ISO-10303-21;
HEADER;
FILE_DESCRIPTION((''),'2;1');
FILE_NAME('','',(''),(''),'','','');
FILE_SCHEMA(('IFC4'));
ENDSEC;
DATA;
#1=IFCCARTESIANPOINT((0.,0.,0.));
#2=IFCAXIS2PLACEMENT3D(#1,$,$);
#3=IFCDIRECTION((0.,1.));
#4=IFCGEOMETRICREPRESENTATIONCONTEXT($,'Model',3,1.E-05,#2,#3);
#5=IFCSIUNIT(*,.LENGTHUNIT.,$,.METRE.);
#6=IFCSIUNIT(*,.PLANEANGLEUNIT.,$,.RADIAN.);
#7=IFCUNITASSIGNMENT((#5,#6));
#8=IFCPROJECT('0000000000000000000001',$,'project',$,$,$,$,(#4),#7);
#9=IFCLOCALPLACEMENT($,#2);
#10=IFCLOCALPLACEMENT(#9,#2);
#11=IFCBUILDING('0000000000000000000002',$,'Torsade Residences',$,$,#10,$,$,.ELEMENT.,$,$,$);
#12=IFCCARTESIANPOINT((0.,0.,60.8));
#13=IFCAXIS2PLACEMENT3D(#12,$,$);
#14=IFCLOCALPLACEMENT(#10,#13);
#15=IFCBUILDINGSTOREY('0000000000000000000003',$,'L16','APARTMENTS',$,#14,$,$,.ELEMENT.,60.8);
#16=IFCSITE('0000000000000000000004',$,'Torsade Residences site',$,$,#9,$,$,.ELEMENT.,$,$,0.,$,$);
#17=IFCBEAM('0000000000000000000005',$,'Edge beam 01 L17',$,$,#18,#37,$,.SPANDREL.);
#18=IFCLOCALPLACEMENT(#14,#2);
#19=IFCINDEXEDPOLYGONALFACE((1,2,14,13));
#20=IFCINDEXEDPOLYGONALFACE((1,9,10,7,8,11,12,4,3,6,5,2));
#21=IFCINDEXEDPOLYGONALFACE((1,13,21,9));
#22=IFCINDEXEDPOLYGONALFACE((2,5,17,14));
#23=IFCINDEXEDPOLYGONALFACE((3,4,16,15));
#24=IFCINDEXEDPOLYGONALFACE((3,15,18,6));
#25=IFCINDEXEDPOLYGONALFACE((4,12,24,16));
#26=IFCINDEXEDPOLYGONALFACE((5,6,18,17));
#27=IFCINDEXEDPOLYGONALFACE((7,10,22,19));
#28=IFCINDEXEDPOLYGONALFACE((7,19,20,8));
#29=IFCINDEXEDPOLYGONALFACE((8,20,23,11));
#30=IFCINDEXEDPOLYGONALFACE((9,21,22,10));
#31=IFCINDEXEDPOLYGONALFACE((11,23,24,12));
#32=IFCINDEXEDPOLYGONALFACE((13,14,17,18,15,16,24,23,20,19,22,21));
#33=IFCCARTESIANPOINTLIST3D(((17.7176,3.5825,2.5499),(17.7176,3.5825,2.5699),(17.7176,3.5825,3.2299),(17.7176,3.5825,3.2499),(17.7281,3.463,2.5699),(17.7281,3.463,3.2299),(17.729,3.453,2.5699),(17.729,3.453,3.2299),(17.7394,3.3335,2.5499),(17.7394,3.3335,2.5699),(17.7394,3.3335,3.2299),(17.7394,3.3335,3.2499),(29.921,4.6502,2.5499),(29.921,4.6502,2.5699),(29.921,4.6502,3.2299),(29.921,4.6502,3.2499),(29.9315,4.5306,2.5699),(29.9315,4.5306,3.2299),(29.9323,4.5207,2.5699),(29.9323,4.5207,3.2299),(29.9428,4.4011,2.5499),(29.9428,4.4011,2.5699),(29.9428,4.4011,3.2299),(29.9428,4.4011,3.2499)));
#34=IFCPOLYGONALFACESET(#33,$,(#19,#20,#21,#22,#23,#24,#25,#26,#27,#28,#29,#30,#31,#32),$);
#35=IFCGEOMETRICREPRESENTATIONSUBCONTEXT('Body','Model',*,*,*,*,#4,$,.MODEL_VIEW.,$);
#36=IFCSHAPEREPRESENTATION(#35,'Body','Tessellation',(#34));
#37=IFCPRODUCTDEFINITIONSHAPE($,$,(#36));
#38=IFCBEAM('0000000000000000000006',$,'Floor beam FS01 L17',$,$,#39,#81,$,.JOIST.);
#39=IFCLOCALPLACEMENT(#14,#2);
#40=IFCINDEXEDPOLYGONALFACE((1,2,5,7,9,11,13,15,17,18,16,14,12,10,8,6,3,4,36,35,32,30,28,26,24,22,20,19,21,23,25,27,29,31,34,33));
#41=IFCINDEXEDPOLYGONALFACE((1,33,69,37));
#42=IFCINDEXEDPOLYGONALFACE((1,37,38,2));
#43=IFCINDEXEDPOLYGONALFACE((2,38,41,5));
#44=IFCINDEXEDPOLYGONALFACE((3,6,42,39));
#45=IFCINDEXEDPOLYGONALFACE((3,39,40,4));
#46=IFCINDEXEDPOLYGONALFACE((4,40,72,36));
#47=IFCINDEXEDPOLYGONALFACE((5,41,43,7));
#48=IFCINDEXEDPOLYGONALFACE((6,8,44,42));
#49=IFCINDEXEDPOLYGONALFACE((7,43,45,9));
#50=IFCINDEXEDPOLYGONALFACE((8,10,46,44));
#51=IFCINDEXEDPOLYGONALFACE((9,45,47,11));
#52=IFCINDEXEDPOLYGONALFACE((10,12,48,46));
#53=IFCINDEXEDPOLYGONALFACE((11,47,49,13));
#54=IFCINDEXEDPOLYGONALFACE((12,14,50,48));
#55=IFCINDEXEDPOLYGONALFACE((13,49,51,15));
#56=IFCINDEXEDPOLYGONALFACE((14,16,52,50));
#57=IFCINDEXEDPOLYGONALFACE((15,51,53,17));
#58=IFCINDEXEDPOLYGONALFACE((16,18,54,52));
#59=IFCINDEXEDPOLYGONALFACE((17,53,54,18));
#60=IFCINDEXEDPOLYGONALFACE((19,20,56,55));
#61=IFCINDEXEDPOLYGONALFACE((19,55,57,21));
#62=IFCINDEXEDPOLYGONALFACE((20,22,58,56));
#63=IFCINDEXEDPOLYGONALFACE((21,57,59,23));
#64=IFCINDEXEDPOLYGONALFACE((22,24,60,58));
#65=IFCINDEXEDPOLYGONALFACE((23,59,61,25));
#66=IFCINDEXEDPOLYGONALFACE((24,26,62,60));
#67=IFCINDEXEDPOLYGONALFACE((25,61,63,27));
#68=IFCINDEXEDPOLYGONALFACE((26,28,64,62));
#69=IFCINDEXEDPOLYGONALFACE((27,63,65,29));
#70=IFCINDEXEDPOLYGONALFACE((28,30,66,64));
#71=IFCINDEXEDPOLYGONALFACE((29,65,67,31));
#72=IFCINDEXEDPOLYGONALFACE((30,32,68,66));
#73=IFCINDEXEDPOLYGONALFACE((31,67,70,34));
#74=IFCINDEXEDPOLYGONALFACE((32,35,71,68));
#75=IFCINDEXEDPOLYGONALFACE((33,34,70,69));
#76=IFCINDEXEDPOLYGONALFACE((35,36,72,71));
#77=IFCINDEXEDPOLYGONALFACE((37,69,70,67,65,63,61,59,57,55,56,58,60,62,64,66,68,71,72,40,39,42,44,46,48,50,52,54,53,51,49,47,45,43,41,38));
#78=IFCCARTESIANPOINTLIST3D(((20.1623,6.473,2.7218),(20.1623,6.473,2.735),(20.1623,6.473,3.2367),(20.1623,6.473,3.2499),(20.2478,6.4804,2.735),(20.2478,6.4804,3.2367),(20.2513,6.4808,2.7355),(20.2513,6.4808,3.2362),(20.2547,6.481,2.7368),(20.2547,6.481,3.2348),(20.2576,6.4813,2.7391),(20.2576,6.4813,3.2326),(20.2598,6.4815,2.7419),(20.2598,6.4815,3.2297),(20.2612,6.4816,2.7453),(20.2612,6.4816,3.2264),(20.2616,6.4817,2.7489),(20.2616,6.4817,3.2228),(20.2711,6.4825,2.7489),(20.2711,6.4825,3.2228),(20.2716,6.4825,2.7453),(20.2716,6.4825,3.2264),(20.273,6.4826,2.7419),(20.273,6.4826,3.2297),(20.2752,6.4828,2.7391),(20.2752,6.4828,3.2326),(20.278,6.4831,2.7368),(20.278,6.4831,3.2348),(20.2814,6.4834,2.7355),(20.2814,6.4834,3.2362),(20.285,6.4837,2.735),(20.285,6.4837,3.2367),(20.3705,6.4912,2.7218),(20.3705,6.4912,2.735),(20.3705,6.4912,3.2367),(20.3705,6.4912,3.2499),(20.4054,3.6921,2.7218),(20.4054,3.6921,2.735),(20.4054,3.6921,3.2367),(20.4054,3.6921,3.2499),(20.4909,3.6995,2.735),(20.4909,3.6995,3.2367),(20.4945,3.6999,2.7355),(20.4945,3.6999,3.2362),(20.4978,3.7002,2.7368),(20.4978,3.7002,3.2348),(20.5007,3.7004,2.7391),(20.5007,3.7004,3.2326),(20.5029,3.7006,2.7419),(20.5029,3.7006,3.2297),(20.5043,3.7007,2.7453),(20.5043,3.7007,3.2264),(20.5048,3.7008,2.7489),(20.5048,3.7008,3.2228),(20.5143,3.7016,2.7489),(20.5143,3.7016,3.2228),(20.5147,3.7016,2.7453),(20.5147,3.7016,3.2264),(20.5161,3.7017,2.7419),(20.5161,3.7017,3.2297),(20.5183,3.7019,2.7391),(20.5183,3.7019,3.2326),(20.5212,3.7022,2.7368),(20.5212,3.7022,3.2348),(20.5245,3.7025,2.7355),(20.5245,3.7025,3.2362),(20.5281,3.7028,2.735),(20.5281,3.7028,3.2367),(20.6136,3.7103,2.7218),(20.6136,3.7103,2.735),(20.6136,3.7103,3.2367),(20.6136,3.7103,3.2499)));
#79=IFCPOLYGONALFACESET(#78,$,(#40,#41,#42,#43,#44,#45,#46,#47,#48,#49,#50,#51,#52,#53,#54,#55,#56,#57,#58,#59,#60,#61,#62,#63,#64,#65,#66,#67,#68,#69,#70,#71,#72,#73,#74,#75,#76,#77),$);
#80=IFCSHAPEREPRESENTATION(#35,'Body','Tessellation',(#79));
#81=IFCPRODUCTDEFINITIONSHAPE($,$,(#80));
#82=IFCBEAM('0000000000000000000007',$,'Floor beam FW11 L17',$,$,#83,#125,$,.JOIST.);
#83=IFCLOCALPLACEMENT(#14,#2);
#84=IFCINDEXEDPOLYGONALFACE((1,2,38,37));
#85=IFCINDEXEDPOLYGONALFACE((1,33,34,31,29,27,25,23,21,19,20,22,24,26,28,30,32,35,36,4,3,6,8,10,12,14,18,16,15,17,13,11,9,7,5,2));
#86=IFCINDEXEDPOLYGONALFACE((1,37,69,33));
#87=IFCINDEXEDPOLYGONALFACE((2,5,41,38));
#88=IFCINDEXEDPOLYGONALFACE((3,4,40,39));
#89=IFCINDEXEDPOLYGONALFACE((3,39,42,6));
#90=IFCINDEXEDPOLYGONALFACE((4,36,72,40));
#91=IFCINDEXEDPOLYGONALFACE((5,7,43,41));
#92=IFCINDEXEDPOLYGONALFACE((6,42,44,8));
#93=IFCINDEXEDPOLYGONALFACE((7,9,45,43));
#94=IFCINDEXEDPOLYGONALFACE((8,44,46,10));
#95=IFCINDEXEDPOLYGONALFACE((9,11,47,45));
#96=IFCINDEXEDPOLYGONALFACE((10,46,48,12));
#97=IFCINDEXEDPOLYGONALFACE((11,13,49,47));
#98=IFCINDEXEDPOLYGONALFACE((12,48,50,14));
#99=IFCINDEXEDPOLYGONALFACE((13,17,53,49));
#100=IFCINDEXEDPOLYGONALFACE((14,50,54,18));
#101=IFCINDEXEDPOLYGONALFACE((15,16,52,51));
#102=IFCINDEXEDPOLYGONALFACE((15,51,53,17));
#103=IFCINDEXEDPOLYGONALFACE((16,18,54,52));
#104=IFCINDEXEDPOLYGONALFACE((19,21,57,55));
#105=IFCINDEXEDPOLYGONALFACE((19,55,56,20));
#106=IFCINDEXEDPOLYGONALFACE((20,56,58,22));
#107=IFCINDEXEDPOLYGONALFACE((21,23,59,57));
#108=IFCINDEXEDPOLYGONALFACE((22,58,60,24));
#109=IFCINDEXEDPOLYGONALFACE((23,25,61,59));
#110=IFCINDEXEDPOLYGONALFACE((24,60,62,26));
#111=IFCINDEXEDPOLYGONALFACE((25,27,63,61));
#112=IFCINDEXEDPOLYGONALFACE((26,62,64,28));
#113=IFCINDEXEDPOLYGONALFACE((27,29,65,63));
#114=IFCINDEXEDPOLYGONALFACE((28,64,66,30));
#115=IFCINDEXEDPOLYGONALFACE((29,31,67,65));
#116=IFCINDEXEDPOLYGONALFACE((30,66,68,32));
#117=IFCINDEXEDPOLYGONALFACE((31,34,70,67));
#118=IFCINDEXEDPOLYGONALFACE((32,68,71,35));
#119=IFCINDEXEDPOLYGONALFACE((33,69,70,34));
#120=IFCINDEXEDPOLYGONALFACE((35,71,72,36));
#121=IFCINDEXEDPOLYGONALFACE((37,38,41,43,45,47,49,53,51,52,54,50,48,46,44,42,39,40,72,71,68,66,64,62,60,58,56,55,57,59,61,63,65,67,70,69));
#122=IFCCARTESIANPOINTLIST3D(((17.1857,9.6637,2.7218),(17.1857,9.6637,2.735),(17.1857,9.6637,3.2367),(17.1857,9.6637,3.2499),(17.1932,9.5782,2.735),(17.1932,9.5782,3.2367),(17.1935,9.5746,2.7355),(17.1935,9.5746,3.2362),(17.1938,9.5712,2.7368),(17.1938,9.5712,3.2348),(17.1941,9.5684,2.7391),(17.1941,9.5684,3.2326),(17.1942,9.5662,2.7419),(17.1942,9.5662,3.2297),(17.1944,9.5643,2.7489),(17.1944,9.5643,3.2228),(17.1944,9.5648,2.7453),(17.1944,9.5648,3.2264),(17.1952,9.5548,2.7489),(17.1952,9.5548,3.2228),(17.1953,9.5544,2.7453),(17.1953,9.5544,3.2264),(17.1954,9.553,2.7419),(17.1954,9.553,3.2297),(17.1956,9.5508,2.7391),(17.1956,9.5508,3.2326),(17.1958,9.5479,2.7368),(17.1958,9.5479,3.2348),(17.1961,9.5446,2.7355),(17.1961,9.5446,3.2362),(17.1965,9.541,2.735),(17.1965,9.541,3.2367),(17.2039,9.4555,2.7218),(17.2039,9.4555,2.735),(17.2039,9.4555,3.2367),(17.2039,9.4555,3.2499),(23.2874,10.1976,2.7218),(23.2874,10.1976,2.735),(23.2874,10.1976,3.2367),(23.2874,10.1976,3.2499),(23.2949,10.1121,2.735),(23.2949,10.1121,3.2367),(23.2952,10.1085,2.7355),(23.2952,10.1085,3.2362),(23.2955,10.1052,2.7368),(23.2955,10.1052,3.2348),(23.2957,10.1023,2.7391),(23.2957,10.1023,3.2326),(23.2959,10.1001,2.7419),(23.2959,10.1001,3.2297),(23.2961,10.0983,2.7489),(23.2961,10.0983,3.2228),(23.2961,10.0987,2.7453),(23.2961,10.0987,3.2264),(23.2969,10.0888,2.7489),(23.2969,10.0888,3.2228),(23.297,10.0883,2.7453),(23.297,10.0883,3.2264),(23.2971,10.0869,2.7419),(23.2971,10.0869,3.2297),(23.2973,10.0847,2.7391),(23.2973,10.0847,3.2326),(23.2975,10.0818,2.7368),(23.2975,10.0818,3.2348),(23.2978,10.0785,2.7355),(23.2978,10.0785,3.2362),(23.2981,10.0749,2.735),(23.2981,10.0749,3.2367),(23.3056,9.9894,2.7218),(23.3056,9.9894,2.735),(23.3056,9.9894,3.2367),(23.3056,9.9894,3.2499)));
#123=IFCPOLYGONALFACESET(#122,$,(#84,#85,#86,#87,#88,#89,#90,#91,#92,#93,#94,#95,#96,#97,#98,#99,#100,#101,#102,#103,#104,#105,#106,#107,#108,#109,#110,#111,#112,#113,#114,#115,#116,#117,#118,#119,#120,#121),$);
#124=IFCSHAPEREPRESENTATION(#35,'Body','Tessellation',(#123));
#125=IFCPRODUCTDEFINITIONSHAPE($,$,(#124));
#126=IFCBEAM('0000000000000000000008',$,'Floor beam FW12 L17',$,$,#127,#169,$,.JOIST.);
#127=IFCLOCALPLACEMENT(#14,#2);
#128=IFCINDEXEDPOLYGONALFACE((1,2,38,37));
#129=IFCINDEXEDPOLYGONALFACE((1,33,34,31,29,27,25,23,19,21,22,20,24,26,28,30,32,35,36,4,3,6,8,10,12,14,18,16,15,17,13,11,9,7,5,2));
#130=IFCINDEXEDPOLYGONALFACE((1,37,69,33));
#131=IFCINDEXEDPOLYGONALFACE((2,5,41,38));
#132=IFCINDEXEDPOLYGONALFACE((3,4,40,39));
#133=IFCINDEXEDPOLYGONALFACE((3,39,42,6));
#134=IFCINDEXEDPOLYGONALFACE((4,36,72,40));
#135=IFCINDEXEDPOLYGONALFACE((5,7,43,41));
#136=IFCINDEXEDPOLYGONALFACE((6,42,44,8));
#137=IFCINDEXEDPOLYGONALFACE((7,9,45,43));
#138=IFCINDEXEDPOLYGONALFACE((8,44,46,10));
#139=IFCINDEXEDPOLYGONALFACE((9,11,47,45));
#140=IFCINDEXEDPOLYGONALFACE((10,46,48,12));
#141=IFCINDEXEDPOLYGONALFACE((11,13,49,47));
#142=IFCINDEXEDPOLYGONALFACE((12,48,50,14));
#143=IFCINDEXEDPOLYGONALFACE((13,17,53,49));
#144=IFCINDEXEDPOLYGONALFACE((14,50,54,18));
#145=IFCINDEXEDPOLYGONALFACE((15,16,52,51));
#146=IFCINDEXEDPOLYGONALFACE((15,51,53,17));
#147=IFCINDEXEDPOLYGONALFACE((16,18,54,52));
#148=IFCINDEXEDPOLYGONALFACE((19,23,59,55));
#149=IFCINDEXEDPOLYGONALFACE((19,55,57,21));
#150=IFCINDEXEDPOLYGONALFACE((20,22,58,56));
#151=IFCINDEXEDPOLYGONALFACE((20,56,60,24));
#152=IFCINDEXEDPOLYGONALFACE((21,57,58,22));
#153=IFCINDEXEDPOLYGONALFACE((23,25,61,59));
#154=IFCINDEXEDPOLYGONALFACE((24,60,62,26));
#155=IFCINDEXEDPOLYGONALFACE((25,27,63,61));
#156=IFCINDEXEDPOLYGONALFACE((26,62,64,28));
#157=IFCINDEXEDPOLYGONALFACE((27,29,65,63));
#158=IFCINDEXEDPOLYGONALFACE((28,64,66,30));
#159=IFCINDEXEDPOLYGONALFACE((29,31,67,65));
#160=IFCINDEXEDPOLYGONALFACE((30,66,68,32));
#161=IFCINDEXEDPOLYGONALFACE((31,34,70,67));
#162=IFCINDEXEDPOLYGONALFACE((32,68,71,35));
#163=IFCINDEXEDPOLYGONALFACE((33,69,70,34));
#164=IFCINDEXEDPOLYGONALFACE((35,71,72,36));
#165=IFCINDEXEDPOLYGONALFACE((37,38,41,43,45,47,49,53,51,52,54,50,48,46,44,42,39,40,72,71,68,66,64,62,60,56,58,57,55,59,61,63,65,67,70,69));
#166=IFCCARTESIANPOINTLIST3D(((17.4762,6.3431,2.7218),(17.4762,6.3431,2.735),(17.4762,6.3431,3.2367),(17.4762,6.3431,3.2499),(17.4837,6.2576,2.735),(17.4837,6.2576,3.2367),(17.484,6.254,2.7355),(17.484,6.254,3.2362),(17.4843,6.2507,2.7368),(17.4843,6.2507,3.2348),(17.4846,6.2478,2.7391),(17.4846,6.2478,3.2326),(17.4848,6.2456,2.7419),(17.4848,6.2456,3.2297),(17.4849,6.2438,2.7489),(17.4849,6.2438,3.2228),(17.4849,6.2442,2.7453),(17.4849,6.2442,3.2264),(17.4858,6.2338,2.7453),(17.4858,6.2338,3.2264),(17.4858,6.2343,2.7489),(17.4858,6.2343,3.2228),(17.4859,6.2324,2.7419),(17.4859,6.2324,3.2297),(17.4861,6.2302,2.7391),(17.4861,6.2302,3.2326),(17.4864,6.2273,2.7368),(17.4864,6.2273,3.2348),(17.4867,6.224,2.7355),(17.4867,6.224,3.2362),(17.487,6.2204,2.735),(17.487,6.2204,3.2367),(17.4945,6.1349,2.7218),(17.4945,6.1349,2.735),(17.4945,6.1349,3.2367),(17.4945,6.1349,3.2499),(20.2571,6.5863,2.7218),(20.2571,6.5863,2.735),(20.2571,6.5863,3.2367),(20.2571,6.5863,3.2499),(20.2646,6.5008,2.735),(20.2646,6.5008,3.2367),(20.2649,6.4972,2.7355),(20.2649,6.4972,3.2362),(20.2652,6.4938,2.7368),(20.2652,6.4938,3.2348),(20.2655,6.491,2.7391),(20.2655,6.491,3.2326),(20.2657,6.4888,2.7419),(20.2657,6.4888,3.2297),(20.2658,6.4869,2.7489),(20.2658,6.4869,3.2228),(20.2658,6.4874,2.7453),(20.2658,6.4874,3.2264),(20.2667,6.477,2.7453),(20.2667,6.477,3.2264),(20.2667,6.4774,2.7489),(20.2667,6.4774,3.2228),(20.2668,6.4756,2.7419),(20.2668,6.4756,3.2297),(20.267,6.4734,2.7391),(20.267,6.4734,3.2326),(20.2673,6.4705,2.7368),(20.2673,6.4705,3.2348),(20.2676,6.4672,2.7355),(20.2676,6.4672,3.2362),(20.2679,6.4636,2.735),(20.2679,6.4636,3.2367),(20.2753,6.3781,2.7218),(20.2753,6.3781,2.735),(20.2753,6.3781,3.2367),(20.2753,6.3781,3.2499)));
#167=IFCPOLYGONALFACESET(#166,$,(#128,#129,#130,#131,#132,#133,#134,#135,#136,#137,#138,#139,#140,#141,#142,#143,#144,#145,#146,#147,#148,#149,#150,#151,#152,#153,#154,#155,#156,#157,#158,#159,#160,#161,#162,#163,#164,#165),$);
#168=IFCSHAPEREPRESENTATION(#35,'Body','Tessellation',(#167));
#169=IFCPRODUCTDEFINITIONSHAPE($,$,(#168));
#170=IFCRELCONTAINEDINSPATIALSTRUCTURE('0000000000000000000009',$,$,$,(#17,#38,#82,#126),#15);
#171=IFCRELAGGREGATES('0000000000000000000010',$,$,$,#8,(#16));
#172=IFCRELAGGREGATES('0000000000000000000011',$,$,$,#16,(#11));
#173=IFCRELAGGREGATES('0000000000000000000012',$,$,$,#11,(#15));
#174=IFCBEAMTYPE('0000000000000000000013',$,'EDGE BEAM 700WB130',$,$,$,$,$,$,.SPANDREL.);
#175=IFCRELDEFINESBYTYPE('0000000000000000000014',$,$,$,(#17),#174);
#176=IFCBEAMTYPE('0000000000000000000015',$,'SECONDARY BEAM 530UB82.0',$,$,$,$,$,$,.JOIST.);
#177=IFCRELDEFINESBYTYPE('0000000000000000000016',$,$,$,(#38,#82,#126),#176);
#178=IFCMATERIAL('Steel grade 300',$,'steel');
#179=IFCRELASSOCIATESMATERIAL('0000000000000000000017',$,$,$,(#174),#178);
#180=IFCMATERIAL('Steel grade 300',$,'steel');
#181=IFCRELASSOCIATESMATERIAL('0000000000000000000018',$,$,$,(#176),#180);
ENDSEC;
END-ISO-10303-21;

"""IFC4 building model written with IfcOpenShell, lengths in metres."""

from ifc_helpers import new_model, si_unit, direction, frame, origin, origin_2d, place, context, subcontext, project, spatial, i_section, extrude, material, material_profile, profile_set, type_object, element, save


model = new_model("IFC4")

# Units and contexts
model_context = context("Model", 3, precision=1e-05, world=origin(), true_north=direction((0.0, 1.0)))
body_context = subcontext(model_context, "Body", "Model", "MODEL_VIEW")
ifc_project = project(units=[si_unit("LENGTHUNIT", "METRE"), si_unit("PLANEANGLEUNIT", "RADIAN")], contexts=[model_context])

# Site, building, storey
site_placement = place(None, origin())
site = spatial("IfcSite", under=ifc_project, at=site_placement, Name="Torsade Residences site", CompositionType="ELEMENT", RefElevation=0.0)
building_placement = place(site_placement, origin())
building = spatial("IfcBuilding", under=site, at=building_placement, Name="Torsade Residences", CompositionType="ELEMENT")
storey_placement = place(building_placement, frame((0.0, 0.0, 60.8)))
storey = spatial("IfcBuildingStorey", under=building, at=storey_placement, Name="L16", Description="APARTMENTS", CompositionType="ELEMENT", Elevation=60.8)

# Beams
ifc_material_1 = material(Name="Steel grade 300", Category="steel")
ifc_material_profile_1 = material_profile(ifc_material_1, i_section(OverallWidth=0.25, OverallDepth=0.7, WebThickness=0.01, FlangeThickness=0.02, at=origin_2d()), Name="700WB130")
ifc_profile_set_1 = profile_set([ifc_material_profile_1], Name="Steel grade 300")
beam_type_1 = type_object("IfcBeamType", Name="EDGE BEAM 700WB130", PredefinedType="SPANDREL", material=ifc_profile_set_1)
beam_1_placement = place(storey_placement, frame((17.7285, 3.458, 2.8999), z_axis=(0.996195, 0.087153, 0.0), x_axis=(-0.087153, 0.996195, 0.0)))
element("IfcBeam", 1, at=beam_1_placement, inside=storey, type_object=beam_type_1, Name="Edge beam 01 L17", PredefinedType="SPANDREL", context=body_context, shape_type="SweptSolid", body=[
    extrude(i_section(OverallWidth=0.25, OverallDepth=0.7, WebThickness=0.01, FlangeThickness=0.02, at=origin_2d()), origin(), (0.0, 0.0, 1.0), 12.25),
])
ifc_material_2 = material(Name="Steel grade 300", Category="steel")
ifc_material_profile_2 = material_profile(ifc_material_2, i_section(OverallWidth=0.209, OverallDepth=0.5281, WebThickness=0.0095, FlangeThickness=0.0132, FilletRadius=0.0139, at=origin_2d()), Name="530UB82.0")
ifc_profile_set_2 = profile_set([ifc_material_profile_2], Name="Steel grade 300")
beam_type_2 = type_object("IfcBeamType", Name="SECONDARY BEAM 530UB82.0", PredefinedType="JOIST", material=ifc_profile_set_2)
beam_2_placement = place(storey_placement, frame((20.5095, 3.7012, 2.9858), z_axis=(-0.087105, 0.996199, 0.0), x_axis=(-0.996199, -0.087105, 0.0)))
element("IfcBeam", 2, at=beam_2_placement, inside=storey, type_object=beam_type_2, Name="Floor beam FS01 L17", PredefinedType="JOIST", context=body_context, shape_type="SweptSolid", body=[
    extrude(i_section(OverallWidth=0.209, OverallDepth=0.5281, WebThickness=0.0095, FlangeThickness=0.0132, FilletRadius=0.0139, at=origin_2d()), origin(), (0.0, 0.0, 1.0), 2.7915),
])
beam_3_placement = place(storey_placement, frame((17.1948, 9.5596, 2.9858), z_axis=(0.996193, 0.087175, 0.0), x_axis=(-0.087175, 0.996193, 0.0)))
element("IfcBeam", 3, at=beam_3_placement, inside=storey, type_object=beam_type_2, Name="Floor beam FW11 L17", PredefinedType="JOIST", context=body_context, shape_type="SweptSolid", body=[
    extrude(i_section(OverallWidth=0.209, OverallDepth=0.5281, WebThickness=0.0095, FlangeThickness=0.0132, FilletRadius=0.0139, at=origin_2d()), origin(), (0.0, 0.0, 1.0), 6.125),
])
beam_4_placement = place(storey_placement, frame((17.4854, 6.239, 2.9858), z_axis=(0.996199, 0.087105, 0.0), x_axis=(-0.087105, 0.996199, 0.0)))
element("IfcBeam", 4, at=beam_4_placement, inside=storey, type_object=beam_type_2, Name="Floor beam FW12 L17", PredefinedType="JOIST", context=body_context, shape_type="SweptSolid", body=[
    extrude(i_section(OverallWidth=0.209, OverallDepth=0.5281, WebThickness=0.0095, FlangeThickness=0.0132, FilletRadius=0.0139, at=origin_2d()), origin(), (0.0, 0.0, 1.0), 2.7915),
])

save(model, "model.ifc")
